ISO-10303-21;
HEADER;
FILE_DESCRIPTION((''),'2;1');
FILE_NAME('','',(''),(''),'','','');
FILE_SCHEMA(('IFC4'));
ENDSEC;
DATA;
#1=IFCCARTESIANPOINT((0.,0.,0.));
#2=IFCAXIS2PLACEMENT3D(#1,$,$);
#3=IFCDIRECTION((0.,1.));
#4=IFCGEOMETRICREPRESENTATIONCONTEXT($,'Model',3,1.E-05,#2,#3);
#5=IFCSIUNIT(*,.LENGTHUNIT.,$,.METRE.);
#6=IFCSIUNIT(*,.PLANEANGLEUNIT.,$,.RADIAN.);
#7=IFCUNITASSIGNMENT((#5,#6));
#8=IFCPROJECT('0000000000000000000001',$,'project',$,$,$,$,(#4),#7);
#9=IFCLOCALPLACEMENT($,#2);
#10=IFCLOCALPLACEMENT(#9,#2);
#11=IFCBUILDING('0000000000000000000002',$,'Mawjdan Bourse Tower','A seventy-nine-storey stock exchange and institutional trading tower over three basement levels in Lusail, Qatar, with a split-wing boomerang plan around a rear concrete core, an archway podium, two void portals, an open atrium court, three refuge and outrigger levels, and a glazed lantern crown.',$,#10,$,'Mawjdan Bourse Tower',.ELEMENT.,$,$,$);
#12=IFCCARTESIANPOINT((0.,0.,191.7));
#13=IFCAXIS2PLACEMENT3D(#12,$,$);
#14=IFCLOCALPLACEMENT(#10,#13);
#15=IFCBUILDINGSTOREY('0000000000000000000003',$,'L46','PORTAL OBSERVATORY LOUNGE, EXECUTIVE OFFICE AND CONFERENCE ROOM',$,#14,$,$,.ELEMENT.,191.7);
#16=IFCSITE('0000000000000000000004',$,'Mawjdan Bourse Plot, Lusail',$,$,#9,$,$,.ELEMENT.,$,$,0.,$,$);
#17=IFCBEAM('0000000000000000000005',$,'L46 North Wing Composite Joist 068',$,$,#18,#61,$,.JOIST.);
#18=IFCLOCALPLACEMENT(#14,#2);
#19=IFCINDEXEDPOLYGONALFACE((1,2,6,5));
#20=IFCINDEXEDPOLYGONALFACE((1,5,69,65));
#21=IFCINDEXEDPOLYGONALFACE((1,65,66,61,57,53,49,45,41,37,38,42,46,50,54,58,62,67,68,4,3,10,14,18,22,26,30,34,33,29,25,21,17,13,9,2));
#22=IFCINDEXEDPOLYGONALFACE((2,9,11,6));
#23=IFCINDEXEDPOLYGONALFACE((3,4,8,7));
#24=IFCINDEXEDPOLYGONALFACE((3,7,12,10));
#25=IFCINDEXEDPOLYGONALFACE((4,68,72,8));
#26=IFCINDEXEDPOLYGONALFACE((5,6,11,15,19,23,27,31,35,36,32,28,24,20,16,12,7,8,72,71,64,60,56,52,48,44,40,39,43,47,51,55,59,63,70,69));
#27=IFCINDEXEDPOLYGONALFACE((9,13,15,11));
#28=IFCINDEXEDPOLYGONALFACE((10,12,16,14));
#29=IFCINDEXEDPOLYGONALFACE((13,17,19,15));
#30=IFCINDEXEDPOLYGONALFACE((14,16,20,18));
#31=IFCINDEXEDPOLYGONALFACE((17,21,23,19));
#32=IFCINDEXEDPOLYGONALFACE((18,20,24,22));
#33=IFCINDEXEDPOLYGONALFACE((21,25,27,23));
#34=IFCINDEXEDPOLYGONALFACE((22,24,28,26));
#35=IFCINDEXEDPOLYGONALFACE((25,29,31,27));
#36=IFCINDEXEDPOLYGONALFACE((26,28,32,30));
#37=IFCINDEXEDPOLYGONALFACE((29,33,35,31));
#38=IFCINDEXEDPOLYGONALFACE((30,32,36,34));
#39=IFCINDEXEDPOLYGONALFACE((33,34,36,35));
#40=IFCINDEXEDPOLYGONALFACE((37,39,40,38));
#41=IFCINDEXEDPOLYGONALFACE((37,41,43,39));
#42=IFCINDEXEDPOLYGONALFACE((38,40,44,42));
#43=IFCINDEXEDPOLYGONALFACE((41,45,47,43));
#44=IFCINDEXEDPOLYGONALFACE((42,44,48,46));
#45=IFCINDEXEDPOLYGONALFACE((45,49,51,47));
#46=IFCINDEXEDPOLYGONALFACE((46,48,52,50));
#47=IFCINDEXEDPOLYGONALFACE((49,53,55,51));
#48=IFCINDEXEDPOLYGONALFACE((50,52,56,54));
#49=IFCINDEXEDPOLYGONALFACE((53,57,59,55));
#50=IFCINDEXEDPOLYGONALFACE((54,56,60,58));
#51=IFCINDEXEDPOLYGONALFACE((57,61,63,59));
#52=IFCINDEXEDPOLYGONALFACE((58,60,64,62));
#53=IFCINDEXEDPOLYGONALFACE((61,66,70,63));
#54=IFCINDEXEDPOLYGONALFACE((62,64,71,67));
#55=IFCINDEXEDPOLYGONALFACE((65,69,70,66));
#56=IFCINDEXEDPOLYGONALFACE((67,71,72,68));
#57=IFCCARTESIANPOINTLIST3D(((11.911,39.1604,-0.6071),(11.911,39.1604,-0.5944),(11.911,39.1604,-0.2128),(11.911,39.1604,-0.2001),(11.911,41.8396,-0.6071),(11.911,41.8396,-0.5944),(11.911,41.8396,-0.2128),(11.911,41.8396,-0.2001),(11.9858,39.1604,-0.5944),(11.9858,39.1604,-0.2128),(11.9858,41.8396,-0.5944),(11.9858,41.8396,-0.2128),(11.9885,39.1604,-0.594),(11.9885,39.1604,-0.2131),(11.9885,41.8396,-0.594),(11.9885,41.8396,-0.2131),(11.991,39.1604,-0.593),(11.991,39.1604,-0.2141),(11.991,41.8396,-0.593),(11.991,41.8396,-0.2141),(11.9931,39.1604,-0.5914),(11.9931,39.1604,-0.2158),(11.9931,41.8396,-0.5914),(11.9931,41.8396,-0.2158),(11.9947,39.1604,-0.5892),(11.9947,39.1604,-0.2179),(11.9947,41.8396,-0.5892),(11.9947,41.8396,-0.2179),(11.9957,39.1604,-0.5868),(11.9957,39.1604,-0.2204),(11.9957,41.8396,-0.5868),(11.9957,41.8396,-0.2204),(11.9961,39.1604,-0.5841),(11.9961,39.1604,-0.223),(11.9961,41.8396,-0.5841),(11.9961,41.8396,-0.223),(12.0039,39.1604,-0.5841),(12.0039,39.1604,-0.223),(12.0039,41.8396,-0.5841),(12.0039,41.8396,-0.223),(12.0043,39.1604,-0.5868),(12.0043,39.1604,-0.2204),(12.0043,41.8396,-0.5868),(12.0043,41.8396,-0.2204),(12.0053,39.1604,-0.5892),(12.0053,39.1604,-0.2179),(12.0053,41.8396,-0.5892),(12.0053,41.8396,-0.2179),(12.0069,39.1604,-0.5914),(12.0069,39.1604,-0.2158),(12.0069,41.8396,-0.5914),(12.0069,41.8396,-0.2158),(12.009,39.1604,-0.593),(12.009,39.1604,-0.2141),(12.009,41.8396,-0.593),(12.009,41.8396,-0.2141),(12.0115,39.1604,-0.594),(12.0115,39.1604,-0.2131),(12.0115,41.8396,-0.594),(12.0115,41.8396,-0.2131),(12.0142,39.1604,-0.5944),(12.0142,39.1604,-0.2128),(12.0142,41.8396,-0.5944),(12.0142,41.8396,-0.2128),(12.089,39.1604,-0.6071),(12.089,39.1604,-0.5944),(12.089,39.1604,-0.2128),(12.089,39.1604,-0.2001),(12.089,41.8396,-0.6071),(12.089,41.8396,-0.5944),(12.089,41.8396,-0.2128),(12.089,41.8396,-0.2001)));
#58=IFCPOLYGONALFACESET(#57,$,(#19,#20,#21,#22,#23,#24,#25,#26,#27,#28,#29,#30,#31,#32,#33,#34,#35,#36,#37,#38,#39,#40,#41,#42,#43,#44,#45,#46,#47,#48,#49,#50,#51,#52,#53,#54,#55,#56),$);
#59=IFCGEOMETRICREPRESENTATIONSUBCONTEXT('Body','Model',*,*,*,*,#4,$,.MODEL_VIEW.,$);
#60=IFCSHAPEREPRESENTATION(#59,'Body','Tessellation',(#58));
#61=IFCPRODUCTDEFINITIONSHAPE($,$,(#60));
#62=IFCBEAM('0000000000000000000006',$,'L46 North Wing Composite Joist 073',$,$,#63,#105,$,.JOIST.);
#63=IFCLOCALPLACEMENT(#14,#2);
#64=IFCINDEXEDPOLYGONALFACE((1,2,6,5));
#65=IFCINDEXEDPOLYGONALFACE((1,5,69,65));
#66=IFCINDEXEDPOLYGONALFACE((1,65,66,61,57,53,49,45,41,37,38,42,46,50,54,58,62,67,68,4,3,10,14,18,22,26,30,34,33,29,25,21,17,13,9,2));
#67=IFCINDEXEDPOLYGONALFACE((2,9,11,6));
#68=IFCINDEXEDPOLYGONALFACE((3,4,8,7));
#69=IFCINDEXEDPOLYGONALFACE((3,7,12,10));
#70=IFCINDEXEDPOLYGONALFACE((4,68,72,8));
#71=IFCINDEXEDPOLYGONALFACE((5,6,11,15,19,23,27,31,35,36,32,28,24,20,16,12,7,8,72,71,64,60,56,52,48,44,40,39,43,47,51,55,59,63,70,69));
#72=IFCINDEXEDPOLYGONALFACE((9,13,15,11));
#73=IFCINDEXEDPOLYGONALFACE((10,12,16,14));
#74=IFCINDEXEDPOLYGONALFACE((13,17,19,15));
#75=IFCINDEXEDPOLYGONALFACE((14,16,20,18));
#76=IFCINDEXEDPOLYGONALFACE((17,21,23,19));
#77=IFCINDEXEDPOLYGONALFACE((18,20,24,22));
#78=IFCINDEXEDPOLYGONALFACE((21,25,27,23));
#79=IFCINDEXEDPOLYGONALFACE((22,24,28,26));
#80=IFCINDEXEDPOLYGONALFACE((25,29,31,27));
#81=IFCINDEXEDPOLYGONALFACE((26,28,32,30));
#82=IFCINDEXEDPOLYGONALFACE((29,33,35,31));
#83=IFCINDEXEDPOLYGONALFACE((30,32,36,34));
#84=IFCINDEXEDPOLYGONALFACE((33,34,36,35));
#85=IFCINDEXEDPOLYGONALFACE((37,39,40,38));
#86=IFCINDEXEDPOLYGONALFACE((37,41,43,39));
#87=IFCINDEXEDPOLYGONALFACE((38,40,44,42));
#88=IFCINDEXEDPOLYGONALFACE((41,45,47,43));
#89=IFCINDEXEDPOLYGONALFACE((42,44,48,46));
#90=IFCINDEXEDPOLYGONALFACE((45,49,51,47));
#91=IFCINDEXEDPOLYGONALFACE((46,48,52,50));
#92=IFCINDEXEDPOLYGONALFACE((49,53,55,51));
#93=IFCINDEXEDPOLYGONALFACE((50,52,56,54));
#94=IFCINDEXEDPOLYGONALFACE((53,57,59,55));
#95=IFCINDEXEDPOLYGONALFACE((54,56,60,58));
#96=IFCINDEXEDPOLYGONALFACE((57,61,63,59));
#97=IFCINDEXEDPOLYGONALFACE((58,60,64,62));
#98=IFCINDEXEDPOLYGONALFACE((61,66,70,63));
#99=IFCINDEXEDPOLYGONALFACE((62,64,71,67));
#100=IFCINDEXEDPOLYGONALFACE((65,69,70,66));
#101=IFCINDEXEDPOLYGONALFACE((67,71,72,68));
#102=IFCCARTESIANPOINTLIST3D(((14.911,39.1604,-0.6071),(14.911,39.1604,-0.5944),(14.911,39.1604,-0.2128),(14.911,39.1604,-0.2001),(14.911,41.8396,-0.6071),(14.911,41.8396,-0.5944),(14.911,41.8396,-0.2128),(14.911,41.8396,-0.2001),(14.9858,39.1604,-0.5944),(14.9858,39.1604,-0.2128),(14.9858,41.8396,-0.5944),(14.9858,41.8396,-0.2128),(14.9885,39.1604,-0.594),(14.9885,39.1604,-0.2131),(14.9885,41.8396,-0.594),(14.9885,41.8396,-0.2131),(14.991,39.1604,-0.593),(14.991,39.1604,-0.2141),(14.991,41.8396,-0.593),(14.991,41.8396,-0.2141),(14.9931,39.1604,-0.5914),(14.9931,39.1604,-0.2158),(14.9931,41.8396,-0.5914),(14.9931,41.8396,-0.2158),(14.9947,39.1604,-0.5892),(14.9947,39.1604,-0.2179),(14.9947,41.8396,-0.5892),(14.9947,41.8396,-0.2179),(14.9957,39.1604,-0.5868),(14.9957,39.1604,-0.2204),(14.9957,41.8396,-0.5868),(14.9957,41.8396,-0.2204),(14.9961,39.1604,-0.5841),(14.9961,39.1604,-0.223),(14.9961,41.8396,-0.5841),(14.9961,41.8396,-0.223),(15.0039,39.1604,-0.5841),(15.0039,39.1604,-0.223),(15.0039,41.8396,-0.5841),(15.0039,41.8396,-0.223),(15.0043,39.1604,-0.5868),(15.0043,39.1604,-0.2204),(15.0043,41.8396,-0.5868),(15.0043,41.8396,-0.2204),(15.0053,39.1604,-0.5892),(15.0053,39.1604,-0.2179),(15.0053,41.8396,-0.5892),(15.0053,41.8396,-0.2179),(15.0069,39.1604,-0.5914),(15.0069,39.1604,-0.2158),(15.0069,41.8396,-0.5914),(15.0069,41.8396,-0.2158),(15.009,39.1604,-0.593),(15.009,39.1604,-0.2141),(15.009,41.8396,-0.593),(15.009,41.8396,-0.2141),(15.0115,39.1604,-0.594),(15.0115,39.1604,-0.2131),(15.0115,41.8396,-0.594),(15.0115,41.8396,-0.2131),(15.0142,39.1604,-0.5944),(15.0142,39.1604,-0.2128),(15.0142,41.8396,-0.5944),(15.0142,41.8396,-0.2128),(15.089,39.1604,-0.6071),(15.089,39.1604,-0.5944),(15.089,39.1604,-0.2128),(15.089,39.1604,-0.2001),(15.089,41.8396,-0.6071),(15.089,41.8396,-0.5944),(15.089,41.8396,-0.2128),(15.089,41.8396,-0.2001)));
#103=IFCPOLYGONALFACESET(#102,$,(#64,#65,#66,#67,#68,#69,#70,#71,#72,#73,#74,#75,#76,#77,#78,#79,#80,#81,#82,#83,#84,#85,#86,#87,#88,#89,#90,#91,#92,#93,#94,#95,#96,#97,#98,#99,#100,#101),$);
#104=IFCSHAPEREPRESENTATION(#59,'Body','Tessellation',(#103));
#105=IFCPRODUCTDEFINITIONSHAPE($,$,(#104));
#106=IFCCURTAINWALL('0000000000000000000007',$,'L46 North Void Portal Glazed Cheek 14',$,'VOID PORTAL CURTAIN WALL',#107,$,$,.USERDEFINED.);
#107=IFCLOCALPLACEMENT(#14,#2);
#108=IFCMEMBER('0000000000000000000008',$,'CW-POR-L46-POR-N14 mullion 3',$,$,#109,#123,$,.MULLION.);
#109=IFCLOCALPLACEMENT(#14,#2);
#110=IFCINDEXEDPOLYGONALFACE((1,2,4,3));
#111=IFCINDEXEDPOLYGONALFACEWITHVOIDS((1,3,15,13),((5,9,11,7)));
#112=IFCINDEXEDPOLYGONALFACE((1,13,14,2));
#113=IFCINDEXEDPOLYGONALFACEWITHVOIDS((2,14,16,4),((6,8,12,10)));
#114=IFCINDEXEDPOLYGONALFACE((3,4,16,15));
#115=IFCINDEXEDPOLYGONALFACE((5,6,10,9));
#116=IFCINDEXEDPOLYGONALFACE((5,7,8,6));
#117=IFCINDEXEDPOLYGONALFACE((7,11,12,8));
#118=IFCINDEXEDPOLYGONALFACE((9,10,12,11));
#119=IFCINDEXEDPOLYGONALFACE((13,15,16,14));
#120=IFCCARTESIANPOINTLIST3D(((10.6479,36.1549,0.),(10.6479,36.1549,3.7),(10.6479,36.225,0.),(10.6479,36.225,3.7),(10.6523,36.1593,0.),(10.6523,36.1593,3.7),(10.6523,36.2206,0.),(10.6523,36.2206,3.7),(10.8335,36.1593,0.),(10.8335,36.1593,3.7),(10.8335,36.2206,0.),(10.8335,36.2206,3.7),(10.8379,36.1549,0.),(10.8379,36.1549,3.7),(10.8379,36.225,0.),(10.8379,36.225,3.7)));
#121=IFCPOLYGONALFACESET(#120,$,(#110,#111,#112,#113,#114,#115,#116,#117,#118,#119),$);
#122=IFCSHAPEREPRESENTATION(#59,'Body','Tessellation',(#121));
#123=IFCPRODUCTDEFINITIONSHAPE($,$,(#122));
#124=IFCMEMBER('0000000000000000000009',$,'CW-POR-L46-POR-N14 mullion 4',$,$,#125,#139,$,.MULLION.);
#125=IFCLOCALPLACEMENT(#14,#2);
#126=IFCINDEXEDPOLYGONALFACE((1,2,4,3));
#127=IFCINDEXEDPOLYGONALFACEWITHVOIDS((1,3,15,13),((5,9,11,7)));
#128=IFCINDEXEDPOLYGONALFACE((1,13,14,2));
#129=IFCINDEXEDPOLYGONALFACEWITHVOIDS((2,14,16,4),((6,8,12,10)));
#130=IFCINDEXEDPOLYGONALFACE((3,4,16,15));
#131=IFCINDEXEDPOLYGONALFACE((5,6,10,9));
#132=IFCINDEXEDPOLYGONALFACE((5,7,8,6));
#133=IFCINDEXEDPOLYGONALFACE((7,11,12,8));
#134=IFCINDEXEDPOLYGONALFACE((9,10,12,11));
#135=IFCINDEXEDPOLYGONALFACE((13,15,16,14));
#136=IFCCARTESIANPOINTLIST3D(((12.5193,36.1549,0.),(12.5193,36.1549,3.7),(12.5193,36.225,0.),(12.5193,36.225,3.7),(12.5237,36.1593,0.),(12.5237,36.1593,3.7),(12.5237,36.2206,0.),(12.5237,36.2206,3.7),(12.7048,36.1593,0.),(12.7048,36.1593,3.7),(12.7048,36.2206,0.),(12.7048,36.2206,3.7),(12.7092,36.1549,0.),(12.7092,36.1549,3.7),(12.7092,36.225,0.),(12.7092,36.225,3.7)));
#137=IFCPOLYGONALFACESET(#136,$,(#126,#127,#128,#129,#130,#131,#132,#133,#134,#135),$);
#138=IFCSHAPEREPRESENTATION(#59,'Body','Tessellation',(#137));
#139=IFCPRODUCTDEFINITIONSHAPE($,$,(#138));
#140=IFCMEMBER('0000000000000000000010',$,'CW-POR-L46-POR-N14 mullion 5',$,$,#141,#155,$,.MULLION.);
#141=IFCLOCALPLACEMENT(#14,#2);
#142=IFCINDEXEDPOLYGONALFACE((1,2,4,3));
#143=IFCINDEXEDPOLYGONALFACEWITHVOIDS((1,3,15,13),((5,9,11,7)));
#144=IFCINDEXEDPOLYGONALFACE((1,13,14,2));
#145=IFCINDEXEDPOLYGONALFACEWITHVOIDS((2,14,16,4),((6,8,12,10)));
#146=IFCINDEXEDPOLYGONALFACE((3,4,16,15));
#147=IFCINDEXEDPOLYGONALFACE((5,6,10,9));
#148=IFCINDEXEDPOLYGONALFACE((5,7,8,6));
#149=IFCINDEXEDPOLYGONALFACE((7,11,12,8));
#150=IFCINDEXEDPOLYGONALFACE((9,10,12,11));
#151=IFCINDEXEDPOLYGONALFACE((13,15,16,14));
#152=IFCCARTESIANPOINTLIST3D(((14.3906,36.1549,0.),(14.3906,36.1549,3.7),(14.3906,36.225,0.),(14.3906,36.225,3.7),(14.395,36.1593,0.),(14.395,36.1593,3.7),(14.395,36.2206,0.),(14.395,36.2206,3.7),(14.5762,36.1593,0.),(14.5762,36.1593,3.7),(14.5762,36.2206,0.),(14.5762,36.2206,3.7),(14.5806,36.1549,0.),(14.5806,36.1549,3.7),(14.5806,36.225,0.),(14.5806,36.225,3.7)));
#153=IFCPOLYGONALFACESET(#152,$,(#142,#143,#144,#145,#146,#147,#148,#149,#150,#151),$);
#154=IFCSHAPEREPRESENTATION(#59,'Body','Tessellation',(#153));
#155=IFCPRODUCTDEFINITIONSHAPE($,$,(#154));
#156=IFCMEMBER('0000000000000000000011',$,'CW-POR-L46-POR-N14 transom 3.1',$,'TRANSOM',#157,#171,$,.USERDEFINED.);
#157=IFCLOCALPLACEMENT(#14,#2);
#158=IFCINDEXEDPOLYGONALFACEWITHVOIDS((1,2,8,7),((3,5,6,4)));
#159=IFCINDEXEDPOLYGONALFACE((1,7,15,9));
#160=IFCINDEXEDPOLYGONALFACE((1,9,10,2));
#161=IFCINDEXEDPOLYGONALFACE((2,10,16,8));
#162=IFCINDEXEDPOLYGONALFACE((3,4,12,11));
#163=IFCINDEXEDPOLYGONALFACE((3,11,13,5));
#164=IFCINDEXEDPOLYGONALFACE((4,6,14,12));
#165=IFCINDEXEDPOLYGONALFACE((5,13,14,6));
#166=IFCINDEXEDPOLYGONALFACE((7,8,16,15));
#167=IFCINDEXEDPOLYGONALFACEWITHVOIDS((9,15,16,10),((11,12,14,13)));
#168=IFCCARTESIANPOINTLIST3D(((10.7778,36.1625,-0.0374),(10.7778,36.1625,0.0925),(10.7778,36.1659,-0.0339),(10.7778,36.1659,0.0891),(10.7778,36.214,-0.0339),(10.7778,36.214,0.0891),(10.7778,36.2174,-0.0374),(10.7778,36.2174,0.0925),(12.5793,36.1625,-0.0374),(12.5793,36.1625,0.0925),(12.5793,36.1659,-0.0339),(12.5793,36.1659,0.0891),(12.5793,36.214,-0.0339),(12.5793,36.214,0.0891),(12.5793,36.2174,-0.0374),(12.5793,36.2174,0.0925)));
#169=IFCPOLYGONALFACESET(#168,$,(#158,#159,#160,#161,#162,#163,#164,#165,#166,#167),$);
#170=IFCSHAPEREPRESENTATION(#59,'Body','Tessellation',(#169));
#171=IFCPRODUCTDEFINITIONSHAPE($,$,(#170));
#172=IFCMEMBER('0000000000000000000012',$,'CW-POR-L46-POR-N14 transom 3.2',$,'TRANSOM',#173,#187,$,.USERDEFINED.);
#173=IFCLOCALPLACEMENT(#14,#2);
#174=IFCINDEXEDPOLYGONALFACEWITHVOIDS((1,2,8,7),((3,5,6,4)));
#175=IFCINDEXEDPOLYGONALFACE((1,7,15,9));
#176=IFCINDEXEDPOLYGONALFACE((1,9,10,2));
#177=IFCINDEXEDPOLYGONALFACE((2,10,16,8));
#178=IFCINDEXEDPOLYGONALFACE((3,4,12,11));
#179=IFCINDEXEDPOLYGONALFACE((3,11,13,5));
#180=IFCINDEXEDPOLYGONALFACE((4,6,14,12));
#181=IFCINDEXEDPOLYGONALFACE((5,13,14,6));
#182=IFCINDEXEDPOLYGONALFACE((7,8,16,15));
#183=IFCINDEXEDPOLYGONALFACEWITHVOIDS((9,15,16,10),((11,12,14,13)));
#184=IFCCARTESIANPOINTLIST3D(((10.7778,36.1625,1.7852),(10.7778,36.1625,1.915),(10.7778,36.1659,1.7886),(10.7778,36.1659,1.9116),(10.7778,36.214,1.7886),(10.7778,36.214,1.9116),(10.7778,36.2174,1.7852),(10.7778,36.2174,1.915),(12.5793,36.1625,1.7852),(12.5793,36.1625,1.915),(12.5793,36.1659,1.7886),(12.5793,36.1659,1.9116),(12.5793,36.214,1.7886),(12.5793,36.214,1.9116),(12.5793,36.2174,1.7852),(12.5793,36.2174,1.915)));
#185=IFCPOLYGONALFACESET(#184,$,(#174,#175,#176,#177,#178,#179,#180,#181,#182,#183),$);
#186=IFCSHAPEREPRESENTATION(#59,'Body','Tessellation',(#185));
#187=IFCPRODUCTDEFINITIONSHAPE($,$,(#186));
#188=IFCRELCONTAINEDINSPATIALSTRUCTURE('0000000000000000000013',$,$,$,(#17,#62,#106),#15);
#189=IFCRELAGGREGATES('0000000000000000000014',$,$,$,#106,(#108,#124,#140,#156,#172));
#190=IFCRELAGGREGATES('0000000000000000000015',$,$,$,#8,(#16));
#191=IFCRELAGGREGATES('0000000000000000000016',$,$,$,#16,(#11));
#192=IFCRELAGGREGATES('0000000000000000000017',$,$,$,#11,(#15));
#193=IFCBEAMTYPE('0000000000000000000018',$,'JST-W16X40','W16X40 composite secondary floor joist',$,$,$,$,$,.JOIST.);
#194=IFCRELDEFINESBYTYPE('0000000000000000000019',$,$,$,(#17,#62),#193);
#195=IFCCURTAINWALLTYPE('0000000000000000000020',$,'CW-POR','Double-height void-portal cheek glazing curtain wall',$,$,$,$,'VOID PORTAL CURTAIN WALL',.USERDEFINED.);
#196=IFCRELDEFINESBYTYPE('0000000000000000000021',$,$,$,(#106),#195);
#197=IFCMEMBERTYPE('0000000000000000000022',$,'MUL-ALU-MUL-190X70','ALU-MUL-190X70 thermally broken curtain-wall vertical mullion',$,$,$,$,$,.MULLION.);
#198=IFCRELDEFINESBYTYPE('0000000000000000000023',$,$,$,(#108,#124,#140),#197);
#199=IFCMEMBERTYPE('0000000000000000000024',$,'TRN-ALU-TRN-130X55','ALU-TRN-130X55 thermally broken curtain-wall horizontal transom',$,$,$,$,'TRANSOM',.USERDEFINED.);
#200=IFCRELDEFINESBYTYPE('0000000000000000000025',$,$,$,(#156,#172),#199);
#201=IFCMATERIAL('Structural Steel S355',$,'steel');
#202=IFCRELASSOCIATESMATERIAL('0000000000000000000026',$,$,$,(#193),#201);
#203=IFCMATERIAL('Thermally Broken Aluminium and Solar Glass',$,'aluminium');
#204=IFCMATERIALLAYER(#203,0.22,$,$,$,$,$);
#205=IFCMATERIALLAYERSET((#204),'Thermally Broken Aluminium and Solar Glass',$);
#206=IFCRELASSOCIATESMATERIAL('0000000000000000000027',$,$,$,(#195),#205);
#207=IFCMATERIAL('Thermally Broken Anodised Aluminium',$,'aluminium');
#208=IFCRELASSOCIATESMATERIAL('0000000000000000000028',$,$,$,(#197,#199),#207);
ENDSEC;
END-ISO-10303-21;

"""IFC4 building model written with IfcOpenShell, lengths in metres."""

from ifc_helpers import new_model, si_unit, direction, frame, origin, origin_2d, place, context, subcontext, project, spatial, hollow_rectangle, i_section, extrude, material, layer, layer_set, material_profile, profile_set, type_object, element, aggregate, save


model = new_model("IFC4")

# Units and contexts
model_context = context("Model", 3, precision=1e-05, world=origin(), true_north=direction((0.0, 1.0)))
body_context = subcontext(model_context, "Body", "Model", "MODEL_VIEW")
ifc_project = project(units=[si_unit("LENGTHUNIT", "METRE"), si_unit("PLANEANGLEUNIT", "RADIAN")], contexts=[model_context])

# Site, building, storey
site_placement = place(None, origin())
site = spatial("IfcSite", under=ifc_project, at=site_placement, Name="Mawjdan Bourse Plot, Lusail", CompositionType="ELEMENT", RefElevation=0.0)
building_placement = place(site_placement, origin())
building = spatial("IfcBuilding", under=site, at=building_placement, Name="Mawjdan Bourse Tower", Description="A seventy-nine-storey stock exchange and institutional trading tower over three basement levels in Lusail, Qatar, with a split-wing boomerang plan around a rear concrete core, an archway podium, two void portals, an open atrium court, three refuge and outrigger levels, and a glazed lantern crown.", LongName="Mawjdan Bourse Tower", CompositionType="ELEMENT")
storey_placement = place(building_placement, frame((0.0, 0.0, 191.7)))
storey = spatial("IfcBuildingStorey", under=building, at=storey_placement, Name="L46", Description="PORTAL OBSERVATORY LOUNGE, EXECUTIVE OFFICE AND CONFERENCE ROOM", CompositionType="ELEMENT", Elevation=191.7)

# Beams
ifc_material_1 = material(Name="Structural Steel S355", Category="steel")
ifc_material_profile_1 = material_profile(ifc_material_1, i_section(OverallWidth=0.178, OverallDepth=0.407, WebThickness=0.0078, FlangeThickness=0.0127, FilletRadius=0.0103, at=origin_2d()), Name="W16X40")
ifc_profile_set_1 = profile_set([ifc_material_profile_1], Name="Structural Steel S355")
beam_type = type_object("IfcBeamType", Name="JST-W16X40", Description="W16X40 composite secondary floor joist", PredefinedType="JOIST", material=ifc_profile_set_1)
for number, where, z_axis, x_axis, name in (
    (1, (12.0, 39.1604, -0.4036), (0.0, 1.0, 0.0), (-1.0, 0.0, 0.0), "L46 North Wing Composite Joist 068"),
    (2, (15.0, 39.1604, -0.4036), (0.0, 1.0, 0.0), (-1.0, 0.0, 0.0), "L46 North Wing Composite Joist 073"),
):
    element("IfcBeam", number, at=place(storey_placement, frame(where, z_axis=z_axis, x_axis=x_axis)), inside=storey, type_object=beam_type, Name=name, PredefinedType="JOIST", context=body_context, shape_type="SweptSolid", body=[
        extrude(i_section(OverallWidth=0.178, OverallDepth=0.407, WebThickness=0.0078, FlangeThickness=0.0127, FilletRadius=0.0103, at=origin_2d()), origin(), (0.0, 0.0, 1.0), 2.6792),
    ])

# Curtain wall, members
ifc_material_2 = material(Name="Thermally Broken Aluminium and Solar Glass", Category="aluminium")
ifc_layer_1 = layer(ifc_material_2, 0.22)
ifc_layer_set_1 = layer_set([ifc_layer_1], Name="Thermally Broken Aluminium and Solar Glass")
curtain_wall_type = type_object("IfcCurtainWallType", Name="CW-POR", Description="Double-height void-portal cheek glazing curtain wall", ElementType="VOID PORTAL CURTAIN WALL", PredefinedType="USERDEFINED", material=ifc_layer_set_1)
curtain_wall_placement = place(storey_placement, origin())
curtain_wall = element("IfcCurtainWall", 3, at=curtain_wall_placement, inside=storey, type_object=curtain_wall_type, Name="L46 North Void Portal Glazed Cheek 14", ObjectType="VOID PORTAL CURTAIN WALL", PredefinedType="USERDEFINED")
ifc_material_3 = material(Name="Thermally Broken Anodised Aluminium", Category="aluminium")
ifc_material_profile_2 = material_profile(ifc_material_3, hollow_rectangle(XDim=0.0701, YDim=0.1899, WallThickness=0.0044, at=origin_2d()), Name="ALU-MUL-190X70")
ifc_profile_set_2 = profile_set([ifc_material_profile_2], Name="Thermally Broken Anodised Aluminium")
member_type_1 = type_object("IfcMemberType", Name="MUL-ALU-MUL-190X70", Description="ALU-MUL-190X70 thermally broken curtain-wall vertical mullion", PredefinedType="MULLION", material=ifc_profile_set_2)
member_1_placement = place(storey_placement, frame((10.7429, 36.1899, 0.0), z_axis=(0.0, 0.0, 1.0), x_axis=(0.0, 1.0, 0.0)))
member_1 = element("IfcMember", 4, at=member_1_placement, type_object=member_type_1, Name="CW-POR-L46-POR-N14 mullion 3", PredefinedType="MULLION", context=body_context, shape_type="SweptSolid", body=[
    extrude(hollow_rectangle(XDim=0.0701, YDim=0.1899, WallThickness=0.0044, at=origin_2d()), origin(), (0.0, 0.0, 1.0), 3.7),
])
member_2_placement = place(storey_placement, frame((12.6143, 36.1899, 0.0), z_axis=(0.0, 0.0, 1.0), x_axis=(0.0, 1.0, 0.0)))
member_2 = element("IfcMember", 5, at=member_2_placement, type_object=member_type_1, Name="CW-POR-L46-POR-N14 mullion 4", PredefinedType="MULLION", context=body_context, shape_type="SweptSolid", body=[
    extrude(hollow_rectangle(XDim=0.0701, YDim=0.1899, WallThickness=0.0044, at=origin_2d()), origin(), (0.0, 0.0, 1.0), 3.7),
])
member_3_placement = place(storey_placement, frame((14.4856, 36.1899, 0.0), z_axis=(0.0, 0.0, 1.0), x_axis=(0.0, 1.0, 0.0)))
member_3 = element("IfcMember", 6, at=member_3_placement, type_object=member_type_1, Name="CW-POR-L46-POR-N14 mullion 5", PredefinedType="MULLION", context=body_context, shape_type="SweptSolid", body=[
    extrude(hollow_rectangle(XDim=0.0701, YDim=0.1899, WallThickness=0.0044, at=origin_2d()), origin(), (0.0, 0.0, 1.0), 3.7),
])
ifc_material_profile_3 = material_profile(ifc_material_3, hollow_rectangle(XDim=0.0549, YDim=0.1299, WallThickness=0.0034, at=origin_2d()), Name="ALU-TRN-130X55")
ifc_profile_set_3 = profile_set([ifc_material_profile_3], Name="Thermally Broken Anodised Aluminium")
member_type_2 = type_object("IfcMemberType", Name="TRN-ALU-TRN-130X55", Description="ALU-TRN-130X55 thermally broken curtain-wall horizontal transom", ElementType="TRANSOM", PredefinedType="USERDEFINED", material=ifc_profile_set_3)
member_4_placement = place(storey_placement, frame((10.7778, 36.1899, 0.0276), z_axis=(1.0, 0.0, 0.0), x_axis=(0.0, 1.0, 0.0)))
member_4 = element("IfcMember", 7, at=member_4_placement, type_object=member_type_2, Name="CW-POR-L46-POR-N14 transom 3.1", ObjectType="TRANSOM", PredefinedType="USERDEFINED", context=body_context, shape_type="SweptSolid", body=[
    extrude(hollow_rectangle(XDim=0.0549, YDim=0.1299, WallThickness=0.0034, at=origin_2d()), origin(), (0.0, 0.0, 1.0), 1.8015),
])
member_5_placement = place(storey_placement, frame((10.7778, 36.1899, 1.8501), z_axis=(1.0, 0.0, 0.0), x_axis=(0.0, 1.0, 0.0)))
member_5 = element("IfcMember", 8, at=member_5_placement, type_object=member_type_2, Name="CW-POR-L46-POR-N14 transom 3.2", ObjectType="TRANSOM", PredefinedType="USERDEFINED", context=body_context, shape_type="SweptSolid", body=[
    extrude(hollow_rectangle(XDim=0.0549, YDim=0.1299, WallThickness=0.0034, at=origin_2d()), origin(), (0.0, 0.0, 1.0), 1.8015),
])
aggregate(curtain_wall, [member_1, member_2, member_3, member_4, member_5])

save(model, "model.ifc")
